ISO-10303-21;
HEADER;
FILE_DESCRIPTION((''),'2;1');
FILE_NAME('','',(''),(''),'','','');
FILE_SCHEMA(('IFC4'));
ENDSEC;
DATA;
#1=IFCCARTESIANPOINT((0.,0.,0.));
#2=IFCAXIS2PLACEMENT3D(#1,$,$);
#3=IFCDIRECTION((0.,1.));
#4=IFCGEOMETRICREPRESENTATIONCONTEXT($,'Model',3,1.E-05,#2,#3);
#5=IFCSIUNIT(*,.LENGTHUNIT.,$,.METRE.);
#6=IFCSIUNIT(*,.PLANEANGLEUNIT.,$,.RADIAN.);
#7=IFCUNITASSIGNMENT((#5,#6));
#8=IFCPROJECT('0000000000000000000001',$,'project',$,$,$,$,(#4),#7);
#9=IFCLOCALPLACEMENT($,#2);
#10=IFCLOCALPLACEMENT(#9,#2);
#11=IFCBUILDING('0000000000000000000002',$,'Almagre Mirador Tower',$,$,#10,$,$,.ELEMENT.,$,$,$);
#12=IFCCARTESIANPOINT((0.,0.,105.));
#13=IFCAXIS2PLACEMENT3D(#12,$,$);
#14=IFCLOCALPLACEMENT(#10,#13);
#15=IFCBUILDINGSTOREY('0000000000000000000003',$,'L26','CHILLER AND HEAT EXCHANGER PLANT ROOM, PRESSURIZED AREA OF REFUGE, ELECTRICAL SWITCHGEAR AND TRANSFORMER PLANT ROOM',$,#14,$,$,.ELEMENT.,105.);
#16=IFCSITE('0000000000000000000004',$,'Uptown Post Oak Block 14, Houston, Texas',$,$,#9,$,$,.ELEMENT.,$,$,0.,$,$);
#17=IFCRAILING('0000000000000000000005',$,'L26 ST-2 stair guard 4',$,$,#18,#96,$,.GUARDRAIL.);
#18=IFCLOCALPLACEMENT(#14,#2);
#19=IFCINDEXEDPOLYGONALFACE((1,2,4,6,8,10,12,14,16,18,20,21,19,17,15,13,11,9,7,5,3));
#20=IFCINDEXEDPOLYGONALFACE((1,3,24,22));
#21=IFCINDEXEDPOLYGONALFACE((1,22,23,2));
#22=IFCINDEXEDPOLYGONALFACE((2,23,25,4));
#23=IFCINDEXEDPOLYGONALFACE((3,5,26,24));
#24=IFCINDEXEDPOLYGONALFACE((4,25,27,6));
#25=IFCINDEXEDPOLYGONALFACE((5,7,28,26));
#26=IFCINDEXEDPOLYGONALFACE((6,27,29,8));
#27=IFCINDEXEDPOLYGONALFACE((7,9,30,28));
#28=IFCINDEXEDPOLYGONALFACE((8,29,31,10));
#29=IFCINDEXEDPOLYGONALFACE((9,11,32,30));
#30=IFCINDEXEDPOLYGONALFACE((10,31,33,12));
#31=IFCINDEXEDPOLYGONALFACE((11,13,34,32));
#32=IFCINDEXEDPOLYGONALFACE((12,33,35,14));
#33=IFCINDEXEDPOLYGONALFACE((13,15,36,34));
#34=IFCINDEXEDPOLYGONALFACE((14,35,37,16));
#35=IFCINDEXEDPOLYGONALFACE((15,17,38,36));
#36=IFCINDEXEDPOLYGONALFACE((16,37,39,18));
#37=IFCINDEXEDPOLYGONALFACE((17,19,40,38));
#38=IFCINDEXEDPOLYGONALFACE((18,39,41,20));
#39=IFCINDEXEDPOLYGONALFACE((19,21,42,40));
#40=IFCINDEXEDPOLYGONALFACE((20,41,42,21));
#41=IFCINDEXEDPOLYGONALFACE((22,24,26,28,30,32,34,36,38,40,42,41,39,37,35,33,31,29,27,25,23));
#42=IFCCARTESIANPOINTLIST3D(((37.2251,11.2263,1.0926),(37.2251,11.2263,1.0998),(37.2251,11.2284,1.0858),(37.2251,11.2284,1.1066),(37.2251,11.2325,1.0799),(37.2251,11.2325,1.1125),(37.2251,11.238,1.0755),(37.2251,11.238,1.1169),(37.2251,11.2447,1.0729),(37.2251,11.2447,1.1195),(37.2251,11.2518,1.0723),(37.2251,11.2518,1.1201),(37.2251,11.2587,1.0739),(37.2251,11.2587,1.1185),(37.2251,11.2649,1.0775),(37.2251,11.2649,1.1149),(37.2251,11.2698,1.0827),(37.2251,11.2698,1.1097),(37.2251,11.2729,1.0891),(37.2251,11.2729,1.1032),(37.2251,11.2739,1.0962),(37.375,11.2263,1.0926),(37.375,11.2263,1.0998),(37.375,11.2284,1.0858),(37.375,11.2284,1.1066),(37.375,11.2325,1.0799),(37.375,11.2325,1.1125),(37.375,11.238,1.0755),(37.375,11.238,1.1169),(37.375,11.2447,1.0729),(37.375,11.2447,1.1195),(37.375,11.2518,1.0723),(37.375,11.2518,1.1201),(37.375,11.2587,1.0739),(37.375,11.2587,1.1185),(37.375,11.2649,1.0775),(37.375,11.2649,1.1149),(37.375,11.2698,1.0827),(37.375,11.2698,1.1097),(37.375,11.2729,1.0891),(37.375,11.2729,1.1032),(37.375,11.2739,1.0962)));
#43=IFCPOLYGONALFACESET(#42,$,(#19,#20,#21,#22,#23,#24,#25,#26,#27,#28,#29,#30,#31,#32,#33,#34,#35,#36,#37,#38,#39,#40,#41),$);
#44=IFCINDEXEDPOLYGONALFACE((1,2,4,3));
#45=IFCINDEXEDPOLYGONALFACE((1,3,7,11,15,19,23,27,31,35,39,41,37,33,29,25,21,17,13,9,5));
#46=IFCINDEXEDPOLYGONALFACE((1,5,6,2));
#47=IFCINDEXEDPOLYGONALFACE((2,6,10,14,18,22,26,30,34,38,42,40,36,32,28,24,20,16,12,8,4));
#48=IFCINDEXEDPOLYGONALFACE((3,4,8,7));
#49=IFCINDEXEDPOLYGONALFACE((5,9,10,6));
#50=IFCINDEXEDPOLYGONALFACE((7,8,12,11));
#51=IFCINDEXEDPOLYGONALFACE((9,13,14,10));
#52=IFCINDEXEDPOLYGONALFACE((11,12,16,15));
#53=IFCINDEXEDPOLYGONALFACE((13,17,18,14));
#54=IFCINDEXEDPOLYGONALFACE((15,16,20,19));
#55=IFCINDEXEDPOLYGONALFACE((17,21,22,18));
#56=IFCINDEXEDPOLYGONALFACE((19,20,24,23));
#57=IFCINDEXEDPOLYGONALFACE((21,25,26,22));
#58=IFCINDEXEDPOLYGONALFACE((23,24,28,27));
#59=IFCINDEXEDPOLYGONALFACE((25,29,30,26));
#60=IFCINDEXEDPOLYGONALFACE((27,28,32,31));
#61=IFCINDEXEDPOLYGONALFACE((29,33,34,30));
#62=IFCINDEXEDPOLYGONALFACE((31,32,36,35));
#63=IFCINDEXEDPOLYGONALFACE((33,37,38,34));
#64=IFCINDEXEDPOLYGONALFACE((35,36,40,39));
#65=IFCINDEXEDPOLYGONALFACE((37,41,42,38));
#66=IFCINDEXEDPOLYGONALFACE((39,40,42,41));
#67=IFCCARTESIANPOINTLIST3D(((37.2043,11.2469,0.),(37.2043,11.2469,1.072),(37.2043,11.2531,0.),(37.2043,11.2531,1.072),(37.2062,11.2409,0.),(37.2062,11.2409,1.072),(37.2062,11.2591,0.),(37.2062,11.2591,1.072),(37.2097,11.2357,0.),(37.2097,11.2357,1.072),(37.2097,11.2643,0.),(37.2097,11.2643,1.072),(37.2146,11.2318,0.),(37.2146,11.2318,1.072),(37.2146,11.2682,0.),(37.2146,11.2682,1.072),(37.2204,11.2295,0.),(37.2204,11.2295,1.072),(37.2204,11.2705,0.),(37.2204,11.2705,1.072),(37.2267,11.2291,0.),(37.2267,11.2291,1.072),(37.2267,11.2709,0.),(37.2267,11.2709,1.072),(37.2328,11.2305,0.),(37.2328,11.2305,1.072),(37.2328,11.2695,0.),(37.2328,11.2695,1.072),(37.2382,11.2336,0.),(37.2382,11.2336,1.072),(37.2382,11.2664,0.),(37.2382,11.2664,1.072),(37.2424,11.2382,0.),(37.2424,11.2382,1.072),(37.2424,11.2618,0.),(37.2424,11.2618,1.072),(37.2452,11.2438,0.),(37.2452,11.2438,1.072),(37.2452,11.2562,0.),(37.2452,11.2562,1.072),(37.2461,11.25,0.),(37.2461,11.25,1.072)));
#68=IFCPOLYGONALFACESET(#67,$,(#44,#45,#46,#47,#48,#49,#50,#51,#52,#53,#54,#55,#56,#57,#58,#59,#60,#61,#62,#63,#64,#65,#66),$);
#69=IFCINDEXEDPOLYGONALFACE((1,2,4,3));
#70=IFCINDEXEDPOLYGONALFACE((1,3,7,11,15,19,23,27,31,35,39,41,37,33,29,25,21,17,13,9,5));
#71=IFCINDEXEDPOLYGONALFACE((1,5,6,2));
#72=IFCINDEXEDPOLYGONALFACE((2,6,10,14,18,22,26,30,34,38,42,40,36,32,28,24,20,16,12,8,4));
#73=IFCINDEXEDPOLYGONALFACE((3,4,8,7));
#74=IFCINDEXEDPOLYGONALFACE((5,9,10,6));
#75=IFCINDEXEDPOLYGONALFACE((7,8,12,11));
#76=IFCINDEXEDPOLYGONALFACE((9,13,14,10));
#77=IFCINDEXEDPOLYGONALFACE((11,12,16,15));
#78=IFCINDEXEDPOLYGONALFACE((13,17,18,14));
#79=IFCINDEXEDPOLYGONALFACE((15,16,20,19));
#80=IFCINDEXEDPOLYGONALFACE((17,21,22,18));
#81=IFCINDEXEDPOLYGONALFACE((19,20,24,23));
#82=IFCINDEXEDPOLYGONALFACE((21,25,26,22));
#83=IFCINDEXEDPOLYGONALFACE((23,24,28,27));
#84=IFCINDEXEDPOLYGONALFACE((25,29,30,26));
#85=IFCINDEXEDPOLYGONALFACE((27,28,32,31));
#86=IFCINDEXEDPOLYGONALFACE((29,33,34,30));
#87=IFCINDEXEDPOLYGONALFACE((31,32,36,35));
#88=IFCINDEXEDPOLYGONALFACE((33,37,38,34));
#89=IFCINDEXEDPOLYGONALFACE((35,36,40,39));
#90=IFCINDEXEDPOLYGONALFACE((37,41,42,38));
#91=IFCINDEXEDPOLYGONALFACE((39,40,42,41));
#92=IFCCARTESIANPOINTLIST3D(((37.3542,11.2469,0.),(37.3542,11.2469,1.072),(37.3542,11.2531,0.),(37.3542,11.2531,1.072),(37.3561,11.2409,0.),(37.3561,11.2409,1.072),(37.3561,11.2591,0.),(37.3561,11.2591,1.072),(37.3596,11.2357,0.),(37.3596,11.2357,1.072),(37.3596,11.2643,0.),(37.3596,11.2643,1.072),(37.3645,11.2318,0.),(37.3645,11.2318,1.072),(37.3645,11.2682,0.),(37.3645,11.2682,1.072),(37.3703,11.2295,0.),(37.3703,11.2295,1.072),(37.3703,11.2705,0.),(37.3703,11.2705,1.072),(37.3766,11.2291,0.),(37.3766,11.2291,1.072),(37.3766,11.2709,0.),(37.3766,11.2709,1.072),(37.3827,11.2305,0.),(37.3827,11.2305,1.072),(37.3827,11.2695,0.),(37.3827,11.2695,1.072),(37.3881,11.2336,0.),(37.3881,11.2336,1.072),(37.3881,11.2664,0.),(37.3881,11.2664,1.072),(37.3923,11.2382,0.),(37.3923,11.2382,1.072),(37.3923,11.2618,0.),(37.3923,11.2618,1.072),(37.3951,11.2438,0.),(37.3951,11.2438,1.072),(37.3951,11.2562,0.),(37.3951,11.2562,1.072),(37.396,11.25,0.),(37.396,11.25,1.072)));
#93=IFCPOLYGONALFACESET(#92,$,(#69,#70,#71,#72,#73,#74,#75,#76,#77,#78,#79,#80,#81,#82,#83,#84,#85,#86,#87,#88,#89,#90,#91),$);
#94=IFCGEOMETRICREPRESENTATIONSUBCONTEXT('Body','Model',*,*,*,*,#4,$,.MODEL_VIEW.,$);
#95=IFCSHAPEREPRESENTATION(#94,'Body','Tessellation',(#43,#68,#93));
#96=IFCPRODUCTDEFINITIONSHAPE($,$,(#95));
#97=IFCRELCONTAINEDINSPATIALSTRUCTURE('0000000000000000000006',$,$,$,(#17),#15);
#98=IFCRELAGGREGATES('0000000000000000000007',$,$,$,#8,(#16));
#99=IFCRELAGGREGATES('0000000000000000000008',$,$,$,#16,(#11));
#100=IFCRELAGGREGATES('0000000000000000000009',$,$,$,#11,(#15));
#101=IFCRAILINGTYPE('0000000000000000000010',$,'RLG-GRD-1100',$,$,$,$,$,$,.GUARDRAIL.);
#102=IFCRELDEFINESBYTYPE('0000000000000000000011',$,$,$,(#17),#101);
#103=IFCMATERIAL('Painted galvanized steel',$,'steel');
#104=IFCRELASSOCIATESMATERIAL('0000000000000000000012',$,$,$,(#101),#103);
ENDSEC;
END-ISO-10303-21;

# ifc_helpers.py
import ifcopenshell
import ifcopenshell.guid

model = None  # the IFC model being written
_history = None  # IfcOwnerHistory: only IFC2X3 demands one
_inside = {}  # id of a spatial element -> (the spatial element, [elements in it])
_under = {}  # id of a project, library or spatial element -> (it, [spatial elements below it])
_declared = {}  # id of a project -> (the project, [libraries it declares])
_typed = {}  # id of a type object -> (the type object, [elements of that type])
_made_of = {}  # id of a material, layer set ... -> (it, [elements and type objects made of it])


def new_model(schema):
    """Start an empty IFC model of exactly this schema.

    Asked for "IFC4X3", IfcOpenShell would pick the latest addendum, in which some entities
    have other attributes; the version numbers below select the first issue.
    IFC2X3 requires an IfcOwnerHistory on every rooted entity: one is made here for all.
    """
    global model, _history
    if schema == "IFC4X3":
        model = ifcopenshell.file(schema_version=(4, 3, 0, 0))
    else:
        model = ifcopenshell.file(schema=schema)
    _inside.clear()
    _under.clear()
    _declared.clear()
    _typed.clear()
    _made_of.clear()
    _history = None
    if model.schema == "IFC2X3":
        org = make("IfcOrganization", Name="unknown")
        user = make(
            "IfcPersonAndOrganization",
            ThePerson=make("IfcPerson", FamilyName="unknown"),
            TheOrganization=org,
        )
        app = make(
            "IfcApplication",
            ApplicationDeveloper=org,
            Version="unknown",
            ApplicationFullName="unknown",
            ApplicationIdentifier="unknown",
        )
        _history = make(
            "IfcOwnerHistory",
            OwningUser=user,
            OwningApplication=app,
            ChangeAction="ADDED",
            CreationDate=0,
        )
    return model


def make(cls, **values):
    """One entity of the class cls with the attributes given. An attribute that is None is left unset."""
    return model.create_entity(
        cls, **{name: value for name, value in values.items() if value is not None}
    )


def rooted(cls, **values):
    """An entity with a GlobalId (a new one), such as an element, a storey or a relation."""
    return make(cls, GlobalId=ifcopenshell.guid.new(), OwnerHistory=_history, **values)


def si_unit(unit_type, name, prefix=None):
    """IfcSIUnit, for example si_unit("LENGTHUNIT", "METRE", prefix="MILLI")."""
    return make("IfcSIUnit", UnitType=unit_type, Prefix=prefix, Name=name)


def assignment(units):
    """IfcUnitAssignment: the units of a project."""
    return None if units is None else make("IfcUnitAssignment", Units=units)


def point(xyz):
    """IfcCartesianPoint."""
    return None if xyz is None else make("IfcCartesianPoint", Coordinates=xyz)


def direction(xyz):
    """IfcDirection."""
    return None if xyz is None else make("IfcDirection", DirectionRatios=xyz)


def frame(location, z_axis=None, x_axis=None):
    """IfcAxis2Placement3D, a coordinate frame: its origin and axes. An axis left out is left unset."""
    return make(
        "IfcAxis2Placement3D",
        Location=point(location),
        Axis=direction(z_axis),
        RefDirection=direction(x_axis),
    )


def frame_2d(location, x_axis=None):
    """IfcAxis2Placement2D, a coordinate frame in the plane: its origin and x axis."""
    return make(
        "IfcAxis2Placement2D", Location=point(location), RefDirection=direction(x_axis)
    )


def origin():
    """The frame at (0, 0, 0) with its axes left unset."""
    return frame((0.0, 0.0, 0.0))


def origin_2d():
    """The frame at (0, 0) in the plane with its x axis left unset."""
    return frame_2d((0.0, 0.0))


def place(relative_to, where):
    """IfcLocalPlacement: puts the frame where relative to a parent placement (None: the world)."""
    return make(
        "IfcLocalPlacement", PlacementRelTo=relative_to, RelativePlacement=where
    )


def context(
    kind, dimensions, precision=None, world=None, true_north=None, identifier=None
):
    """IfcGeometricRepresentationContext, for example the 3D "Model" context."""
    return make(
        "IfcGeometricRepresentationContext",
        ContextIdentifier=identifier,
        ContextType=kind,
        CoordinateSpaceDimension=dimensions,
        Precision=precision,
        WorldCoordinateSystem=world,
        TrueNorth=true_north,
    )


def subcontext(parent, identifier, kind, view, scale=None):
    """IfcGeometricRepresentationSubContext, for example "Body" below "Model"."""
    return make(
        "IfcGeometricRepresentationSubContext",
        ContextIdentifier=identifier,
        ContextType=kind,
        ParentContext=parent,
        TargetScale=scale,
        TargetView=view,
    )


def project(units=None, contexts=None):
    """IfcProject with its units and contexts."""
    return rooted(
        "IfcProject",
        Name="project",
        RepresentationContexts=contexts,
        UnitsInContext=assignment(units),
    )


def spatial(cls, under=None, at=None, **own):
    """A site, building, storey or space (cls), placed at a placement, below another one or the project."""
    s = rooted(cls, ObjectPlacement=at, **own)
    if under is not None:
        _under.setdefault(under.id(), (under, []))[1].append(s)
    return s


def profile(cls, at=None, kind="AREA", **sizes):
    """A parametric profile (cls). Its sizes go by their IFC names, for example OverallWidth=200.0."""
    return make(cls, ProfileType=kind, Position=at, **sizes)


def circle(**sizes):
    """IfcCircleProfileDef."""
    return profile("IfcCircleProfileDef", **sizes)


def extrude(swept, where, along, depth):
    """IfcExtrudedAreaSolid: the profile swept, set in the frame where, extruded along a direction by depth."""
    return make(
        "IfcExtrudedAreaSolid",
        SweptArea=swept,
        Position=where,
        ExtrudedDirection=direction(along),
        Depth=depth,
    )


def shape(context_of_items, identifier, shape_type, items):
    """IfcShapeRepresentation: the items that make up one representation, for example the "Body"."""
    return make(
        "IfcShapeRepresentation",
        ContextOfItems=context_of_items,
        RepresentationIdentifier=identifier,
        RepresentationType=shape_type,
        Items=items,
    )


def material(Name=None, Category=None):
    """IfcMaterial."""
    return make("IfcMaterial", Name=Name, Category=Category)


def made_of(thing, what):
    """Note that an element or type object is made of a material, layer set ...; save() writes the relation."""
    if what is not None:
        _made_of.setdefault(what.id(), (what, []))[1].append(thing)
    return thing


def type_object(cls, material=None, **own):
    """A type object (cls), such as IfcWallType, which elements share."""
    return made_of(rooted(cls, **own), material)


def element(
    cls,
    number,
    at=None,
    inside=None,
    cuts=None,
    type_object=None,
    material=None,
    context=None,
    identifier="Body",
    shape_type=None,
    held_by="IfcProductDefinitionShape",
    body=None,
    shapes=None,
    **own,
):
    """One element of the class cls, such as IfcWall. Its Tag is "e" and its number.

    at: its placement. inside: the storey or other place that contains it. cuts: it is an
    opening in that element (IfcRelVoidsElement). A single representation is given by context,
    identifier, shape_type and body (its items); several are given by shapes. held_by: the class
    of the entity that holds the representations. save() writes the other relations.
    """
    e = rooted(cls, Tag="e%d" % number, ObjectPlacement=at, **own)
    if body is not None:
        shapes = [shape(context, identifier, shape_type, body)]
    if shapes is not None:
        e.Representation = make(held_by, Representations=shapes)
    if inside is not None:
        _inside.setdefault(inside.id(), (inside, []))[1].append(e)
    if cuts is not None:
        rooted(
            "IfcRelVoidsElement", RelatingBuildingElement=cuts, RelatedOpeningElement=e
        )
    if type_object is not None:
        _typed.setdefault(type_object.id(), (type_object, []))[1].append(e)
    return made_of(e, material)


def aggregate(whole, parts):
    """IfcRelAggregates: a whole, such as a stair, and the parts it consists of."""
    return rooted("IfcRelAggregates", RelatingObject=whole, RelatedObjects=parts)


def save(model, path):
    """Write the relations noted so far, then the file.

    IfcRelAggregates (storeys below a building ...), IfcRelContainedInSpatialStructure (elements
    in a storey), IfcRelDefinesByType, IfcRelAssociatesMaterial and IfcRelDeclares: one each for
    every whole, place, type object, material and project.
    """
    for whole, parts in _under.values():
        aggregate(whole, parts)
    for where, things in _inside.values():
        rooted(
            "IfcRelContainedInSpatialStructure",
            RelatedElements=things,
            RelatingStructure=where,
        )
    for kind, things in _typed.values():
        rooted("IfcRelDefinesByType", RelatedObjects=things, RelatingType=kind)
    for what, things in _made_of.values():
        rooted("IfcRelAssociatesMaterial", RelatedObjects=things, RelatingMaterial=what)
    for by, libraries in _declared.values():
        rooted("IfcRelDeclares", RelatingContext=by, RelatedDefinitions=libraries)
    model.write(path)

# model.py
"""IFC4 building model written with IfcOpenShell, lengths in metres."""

from ifc_helpers import new_model, si_unit, direction, frame, origin, origin_2d, place, context, subcontext, project, spatial, circle, extrude, material, type_object, element, save


model = new_model("IFC4")

# Units and contexts
model_context = context("Model", 3, precision=1e-05, world=origin(), true_north=direction((0.0, 1.0)))
body_context = subcontext(model_context, "Body", "Model", "MODEL_VIEW")
ifc_project = project(units=[si_unit("LENGTHUNIT", "METRE"), si_unit("PLANEANGLEUNIT", "RADIAN")], contexts=[model_context])

# Site, building, storey
site_placement = place(None, origin())
site = spatial("IfcSite", under=ifc_project, at=site_placement, Name="Uptown Post Oak Block 14, Houston, Texas", CompositionType="ELEMENT", RefElevation=0.0)
building_placement = place(site_placement, origin())
building = spatial("IfcBuilding", under=site, at=building_placement, Name="Almagre Mirador Tower", CompositionType="ELEMENT")
storey_placement = place(building_placement, frame((0.0, 0.0, 105.0)))
storey = spatial("IfcBuildingStorey", under=building, at=storey_placement, Name="L26", Description="CHILLER AND HEAT EXCHANGER PLANT ROOM, PRESSURIZED AREA OF REFUGE, ELECTRICAL SWITCHGEAR AND TRANSFORMER PLANT ROOM", CompositionType="ELEMENT", Elevation=105.0)

# Railing
ifc_material_1 = material(Name="Painted galvanized steel", Category="steel")
railing_type_1 = type_object("IfcRailingType", Name="RLG-GRD-1100", PredefinedType="GUARDRAIL", material=ifc_material_1)
railing_1_placement = place(storey_placement, frame((37.2251, 11.25, 0.0)))
element("IfcRailing", 1, at=railing_1_placement, inside=storey, type_object=railing_type_1, Name="L26 ST-2 stair guard 4", PredefinedType="GUARDRAIL", context=body_context, shape_type="SweptSolid", body=[
    extrude(circle(Radius=0.0239, at=origin_2d()), frame((0.0, 0.0, 1.0962), z_axis=(1.0, 0.0, 0.0), x_axis=(0.0, 1.0, 0.0)), (0.0, 0.0, 1.0), 0.1499),
    extrude(circle(Radius=0.021, at=origin_2d()), origin(), (0.0, 0.0, 1.0), 1.072),
    extrude(circle(Radius=0.021, at=origin_2d()), frame((0.1499, 0.0, 0.0)), (0.0, 0.0, 1.0), 1.072),
])

save(model, "model.ifc")
